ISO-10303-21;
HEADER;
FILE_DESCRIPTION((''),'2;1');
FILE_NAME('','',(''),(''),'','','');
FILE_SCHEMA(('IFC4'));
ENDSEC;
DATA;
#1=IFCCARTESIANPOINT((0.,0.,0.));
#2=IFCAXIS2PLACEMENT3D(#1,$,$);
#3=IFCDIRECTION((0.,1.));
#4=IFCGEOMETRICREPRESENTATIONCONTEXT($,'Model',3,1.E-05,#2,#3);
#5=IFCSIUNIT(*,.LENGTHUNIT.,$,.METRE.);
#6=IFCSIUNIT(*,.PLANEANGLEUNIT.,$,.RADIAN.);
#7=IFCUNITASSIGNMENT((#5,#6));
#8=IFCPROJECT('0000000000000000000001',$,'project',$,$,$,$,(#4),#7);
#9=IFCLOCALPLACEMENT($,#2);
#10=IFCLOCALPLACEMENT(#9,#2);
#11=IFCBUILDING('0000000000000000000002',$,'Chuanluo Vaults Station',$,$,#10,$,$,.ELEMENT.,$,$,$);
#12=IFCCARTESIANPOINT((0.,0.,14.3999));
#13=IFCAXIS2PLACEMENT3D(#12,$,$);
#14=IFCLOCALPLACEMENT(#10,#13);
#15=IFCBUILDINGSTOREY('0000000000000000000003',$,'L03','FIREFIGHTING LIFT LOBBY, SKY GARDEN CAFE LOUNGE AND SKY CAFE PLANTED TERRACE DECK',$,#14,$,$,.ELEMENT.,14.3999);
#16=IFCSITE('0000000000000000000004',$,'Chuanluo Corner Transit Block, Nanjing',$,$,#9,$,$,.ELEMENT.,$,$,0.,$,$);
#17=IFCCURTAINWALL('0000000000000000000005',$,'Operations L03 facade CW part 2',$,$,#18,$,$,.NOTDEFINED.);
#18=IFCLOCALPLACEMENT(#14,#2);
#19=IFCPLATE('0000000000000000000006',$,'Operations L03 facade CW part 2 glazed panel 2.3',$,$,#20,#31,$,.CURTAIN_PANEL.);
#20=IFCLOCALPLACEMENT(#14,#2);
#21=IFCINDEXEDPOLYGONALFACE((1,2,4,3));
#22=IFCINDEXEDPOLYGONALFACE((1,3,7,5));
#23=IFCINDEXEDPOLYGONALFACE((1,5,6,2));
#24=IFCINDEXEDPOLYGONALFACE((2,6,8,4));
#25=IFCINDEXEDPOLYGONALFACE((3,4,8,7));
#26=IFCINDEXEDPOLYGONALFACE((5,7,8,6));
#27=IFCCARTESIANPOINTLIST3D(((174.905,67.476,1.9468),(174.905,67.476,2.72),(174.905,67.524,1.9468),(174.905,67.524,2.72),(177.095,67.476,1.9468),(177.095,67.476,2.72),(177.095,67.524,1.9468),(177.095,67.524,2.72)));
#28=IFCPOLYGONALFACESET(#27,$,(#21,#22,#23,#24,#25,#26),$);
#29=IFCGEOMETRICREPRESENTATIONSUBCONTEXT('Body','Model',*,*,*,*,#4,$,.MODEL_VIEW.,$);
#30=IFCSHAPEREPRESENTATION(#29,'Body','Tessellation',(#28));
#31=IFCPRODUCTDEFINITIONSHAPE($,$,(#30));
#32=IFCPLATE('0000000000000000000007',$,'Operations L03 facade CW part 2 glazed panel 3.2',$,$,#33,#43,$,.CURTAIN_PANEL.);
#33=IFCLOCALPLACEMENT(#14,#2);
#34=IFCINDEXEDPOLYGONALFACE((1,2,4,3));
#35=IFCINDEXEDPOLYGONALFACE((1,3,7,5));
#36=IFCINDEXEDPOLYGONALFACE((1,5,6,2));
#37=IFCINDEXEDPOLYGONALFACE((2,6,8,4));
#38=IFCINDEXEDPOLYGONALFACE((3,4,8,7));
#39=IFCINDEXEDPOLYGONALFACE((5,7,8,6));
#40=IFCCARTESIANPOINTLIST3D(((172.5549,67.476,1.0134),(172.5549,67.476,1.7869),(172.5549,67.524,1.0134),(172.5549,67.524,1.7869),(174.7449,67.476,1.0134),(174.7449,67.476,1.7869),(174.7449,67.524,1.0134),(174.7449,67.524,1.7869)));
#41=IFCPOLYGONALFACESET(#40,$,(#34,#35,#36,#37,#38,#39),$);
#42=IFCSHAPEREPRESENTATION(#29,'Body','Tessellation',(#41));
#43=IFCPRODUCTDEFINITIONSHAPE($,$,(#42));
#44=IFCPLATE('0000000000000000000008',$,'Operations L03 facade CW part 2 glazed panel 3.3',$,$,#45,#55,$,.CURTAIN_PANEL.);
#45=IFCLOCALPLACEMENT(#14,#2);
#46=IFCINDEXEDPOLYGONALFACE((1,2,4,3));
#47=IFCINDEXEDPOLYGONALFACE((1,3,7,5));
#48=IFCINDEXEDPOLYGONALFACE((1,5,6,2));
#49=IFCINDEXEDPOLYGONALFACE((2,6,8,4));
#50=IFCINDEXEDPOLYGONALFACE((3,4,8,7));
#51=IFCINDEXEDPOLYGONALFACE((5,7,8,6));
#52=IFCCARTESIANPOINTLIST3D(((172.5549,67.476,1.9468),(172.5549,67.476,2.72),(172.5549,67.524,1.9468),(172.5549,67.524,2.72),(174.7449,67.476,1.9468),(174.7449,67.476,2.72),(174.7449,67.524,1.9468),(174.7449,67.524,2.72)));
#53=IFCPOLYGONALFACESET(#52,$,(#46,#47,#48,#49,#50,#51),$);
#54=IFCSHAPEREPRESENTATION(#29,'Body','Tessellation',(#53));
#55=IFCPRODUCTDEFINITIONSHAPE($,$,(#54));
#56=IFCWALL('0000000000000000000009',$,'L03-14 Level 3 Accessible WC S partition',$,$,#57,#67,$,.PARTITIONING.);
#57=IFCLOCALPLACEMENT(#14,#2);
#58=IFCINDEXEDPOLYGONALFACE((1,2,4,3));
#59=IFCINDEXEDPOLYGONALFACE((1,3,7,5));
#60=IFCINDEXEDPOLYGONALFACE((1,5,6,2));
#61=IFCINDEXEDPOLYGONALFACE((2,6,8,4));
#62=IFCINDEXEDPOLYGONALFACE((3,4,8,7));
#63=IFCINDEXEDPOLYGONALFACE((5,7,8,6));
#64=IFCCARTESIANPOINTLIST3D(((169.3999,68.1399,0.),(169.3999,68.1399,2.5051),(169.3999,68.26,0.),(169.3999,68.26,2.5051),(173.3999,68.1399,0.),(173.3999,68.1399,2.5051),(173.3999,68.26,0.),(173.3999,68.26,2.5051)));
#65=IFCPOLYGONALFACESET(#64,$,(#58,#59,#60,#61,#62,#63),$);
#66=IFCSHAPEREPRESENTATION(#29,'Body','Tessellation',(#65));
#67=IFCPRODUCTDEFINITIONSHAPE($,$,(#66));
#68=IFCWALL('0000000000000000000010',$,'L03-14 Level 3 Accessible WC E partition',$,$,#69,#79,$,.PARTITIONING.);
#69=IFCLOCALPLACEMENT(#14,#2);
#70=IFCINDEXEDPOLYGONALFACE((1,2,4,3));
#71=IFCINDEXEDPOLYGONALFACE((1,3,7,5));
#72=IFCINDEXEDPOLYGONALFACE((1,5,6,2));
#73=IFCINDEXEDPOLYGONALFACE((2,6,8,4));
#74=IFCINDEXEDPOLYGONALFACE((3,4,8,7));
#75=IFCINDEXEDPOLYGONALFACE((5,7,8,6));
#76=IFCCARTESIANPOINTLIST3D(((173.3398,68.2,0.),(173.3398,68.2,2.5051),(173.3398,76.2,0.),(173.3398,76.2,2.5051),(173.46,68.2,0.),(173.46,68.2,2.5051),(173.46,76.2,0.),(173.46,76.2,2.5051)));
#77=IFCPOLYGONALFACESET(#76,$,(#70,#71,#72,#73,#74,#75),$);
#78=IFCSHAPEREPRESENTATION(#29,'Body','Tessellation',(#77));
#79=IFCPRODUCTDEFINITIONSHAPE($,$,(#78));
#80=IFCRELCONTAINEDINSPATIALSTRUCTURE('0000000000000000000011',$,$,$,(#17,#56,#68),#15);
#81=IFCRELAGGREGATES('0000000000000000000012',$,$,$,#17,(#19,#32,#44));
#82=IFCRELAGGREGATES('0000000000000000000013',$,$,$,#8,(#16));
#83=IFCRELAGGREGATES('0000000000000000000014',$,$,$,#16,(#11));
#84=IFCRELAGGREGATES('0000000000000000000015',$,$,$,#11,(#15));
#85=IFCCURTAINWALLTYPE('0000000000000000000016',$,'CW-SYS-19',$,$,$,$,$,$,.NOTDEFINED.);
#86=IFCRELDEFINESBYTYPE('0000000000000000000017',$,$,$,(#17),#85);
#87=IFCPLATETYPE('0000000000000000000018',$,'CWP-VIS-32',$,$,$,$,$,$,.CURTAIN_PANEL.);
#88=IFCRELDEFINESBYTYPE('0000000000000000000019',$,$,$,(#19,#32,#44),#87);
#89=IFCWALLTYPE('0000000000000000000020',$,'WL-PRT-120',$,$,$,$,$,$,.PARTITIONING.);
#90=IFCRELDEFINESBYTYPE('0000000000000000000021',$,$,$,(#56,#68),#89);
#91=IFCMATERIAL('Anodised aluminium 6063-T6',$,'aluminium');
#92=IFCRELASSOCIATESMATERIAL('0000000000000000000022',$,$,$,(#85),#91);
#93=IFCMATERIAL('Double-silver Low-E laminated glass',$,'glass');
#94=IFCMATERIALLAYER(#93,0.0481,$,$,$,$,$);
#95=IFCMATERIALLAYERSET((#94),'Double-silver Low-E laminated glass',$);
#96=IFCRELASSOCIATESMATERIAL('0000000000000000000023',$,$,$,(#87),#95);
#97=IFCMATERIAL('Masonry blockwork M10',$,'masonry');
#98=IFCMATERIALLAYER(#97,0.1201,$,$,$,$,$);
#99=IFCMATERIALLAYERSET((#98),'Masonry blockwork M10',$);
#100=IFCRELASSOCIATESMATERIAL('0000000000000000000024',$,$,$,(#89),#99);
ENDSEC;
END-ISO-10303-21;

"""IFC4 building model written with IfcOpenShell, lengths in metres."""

from ifc_helpers import new_model, si_unit, direction, frame, frame_2d, origin, origin_2d, place, context, subcontext, project, spatial, rectangle, extrude, material, layer, layer_set, type_object, element, aggregate, save


model = new_model("IFC4")

# Units and contexts
model_context = context("Model", 3, precision=1e-05, world=origin(), true_north=direction((0.0, 1.0)))
body_context = subcontext(model_context, "Body", "Model", "MODEL_VIEW")
ifc_project = project(units=[si_unit("LENGTHUNIT", "METRE"), si_unit("PLANEANGLEUNIT", "RADIAN")], contexts=[model_context])

# Site, building, storey
site_placement = place(None, origin())
site = spatial("IfcSite", under=ifc_project, at=site_placement, Name="Chuanluo Corner Transit Block, Nanjing", CompositionType="ELEMENT", RefElevation=0.0)
building_placement = place(site_placement, origin())
building = spatial("IfcBuilding", under=site, at=building_placement, Name="Chuanluo Vaults Station", CompositionType="ELEMENT")
storey_placement = place(building_placement, frame((0.0, 0.0, 14.3999)))
storey = spatial("IfcBuildingStorey", under=building, at=storey_placement, Name="L03", Description="FIREFIGHTING LIFT LOBBY, SKY GARDEN CAFE LOUNGE AND SKY CAFE PLANTED TERRACE DECK", CompositionType="ELEMENT", Elevation=14.3999)

# Curtain wall, plates
ifc_material_1 = material(Name="Anodised aluminium 6063-T6", Category="aluminium")
curtain_wall_type = type_object("IfcCurtainWallType", Name="CW-SYS-19", PredefinedType="NOTDEFINED", material=ifc_material_1)
curtain_wall_placement = place(storey_placement, origin())
curtain_wall = element("IfcCurtainWall", 1, at=curtain_wall_placement, inside=storey, type_object=curtain_wall_type, Name="Operations L03 facade CW part 2", PredefinedType="NOTDEFINED")
ifc_material_2 = material(Name="Double-silver Low-E laminated glass", Category="glass")
ifc_layer_1 = layer(ifc_material_2, 0.0481)
ifc_layer_set_1 = layer_set([ifc_layer_1], Name="Double-silver Low-E laminated glass")
plate_type_1 = type_object("IfcPlateType", Name="CWP-VIS-32", PredefinedType="CURTAIN_PANEL", material=ifc_layer_set_1)
plate_1_placement = place(storey_placement, frame((176.0, 67.5, 1.9468), z_axis=(0.0, 0.0, 1.0), x_axis=(-1.0, 0.0, 0.0)))
plate_1 = element("IfcPlate", 2, at=plate_1_placement, type_object=plate_type_1, Name="Operations L03 facade CW part 2 glazed panel 2.3", PredefinedType="CURTAIN_PANEL", context=body_context, shape_type="SweptSolid", body=[
    extrude(rectangle(XDim=2.1899, YDim=0.0481, at=origin_2d()), origin(), (0.0, 0.0, 1.0), 0.7732),
])
plate_2_placement = place(storey_placement, frame((173.6499, 67.5, 1.0134), z_axis=(0.0, 0.0, 1.0), x_axis=(-1.0, 0.0, 0.0)))
plate_2 = element("IfcPlate", 3, at=plate_2_placement, type_object=plate_type_1, Name="Operations L03 facade CW part 2 glazed panel 3.2", PredefinedType="CURTAIN_PANEL", context=body_context, shape_type="SweptSolid", body=[
    extrude(rectangle(XDim=2.1899, YDim=0.0481, at=origin_2d()), origin(), (0.0, 0.0, 1.0), 0.7734),
])
plate_3_placement = place(storey_placement, frame((173.6499, 67.5, 1.9468), z_axis=(0.0, 0.0, 1.0), x_axis=(-1.0, 0.0, 0.0)))
plate_3 = element("IfcPlate", 4, at=plate_3_placement, type_object=plate_type_1, Name="Operations L03 facade CW part 2 glazed panel 3.3", PredefinedType="CURTAIN_PANEL", context=body_context, shape_type="SweptSolid", body=[
    extrude(rectangle(XDim=2.1899, YDim=0.0481, at=origin_2d()), origin(), (0.0, 0.0, 1.0), 0.7732),
])
aggregate(curtain_wall, [plate_1, plate_2, plate_3])

# Walls
ifc_material_3 = material(Name="Masonry blockwork M10", Category="masonry")
ifc_layer_2 = layer(ifc_material_3, 0.1201)
ifc_layer_set_2 = layer_set([ifc_layer_2], Name="Masonry blockwork M10")
wall_type = type_object("IfcWallType", Name="WL-PRT-120", PredefinedType="PARTITIONING", material=ifc_layer_set_2)
wall_1_placement = place(storey_placement, frame((173.3999, 68.2, 0.0), z_axis=(0.0, 0.0, 1.0), x_axis=(-1.0, 0.0, 0.0)))
element("IfcWall", 5, at=wall_1_placement, inside=storey, type_object=wall_type, Name="L03-14 Level 3 Accessible WC S partition", PredefinedType="PARTITIONING", context=body_context, shape_type="SweptSolid", body=[
    extrude(rectangle(XDim=4.0, YDim=0.1201, at=frame_2d((2.0, 0.0))), origin(), (0.0, 0.0, 1.0), 2.5051),
])
wall_2_placement = place(storey_placement, frame((173.3999, 76.2, 0.0), z_axis=(0.0, 0.0, 1.0), x_axis=(0.0, -1.0, 0.0)))
element("IfcWall", 6, at=wall_2_placement, inside=storey, type_object=wall_type, Name="L03-14 Level 3 Accessible WC E partition", PredefinedType="PARTITIONING", context=body_context, shape_type="SweptSolid", body=[
    extrude(rectangle(XDim=8.0, YDim=0.1201, at=frame_2d((4.0, 0.0))), origin(), (0.0, 0.0, 1.0), 2.5051),
])

save(model, "model.ifc")
